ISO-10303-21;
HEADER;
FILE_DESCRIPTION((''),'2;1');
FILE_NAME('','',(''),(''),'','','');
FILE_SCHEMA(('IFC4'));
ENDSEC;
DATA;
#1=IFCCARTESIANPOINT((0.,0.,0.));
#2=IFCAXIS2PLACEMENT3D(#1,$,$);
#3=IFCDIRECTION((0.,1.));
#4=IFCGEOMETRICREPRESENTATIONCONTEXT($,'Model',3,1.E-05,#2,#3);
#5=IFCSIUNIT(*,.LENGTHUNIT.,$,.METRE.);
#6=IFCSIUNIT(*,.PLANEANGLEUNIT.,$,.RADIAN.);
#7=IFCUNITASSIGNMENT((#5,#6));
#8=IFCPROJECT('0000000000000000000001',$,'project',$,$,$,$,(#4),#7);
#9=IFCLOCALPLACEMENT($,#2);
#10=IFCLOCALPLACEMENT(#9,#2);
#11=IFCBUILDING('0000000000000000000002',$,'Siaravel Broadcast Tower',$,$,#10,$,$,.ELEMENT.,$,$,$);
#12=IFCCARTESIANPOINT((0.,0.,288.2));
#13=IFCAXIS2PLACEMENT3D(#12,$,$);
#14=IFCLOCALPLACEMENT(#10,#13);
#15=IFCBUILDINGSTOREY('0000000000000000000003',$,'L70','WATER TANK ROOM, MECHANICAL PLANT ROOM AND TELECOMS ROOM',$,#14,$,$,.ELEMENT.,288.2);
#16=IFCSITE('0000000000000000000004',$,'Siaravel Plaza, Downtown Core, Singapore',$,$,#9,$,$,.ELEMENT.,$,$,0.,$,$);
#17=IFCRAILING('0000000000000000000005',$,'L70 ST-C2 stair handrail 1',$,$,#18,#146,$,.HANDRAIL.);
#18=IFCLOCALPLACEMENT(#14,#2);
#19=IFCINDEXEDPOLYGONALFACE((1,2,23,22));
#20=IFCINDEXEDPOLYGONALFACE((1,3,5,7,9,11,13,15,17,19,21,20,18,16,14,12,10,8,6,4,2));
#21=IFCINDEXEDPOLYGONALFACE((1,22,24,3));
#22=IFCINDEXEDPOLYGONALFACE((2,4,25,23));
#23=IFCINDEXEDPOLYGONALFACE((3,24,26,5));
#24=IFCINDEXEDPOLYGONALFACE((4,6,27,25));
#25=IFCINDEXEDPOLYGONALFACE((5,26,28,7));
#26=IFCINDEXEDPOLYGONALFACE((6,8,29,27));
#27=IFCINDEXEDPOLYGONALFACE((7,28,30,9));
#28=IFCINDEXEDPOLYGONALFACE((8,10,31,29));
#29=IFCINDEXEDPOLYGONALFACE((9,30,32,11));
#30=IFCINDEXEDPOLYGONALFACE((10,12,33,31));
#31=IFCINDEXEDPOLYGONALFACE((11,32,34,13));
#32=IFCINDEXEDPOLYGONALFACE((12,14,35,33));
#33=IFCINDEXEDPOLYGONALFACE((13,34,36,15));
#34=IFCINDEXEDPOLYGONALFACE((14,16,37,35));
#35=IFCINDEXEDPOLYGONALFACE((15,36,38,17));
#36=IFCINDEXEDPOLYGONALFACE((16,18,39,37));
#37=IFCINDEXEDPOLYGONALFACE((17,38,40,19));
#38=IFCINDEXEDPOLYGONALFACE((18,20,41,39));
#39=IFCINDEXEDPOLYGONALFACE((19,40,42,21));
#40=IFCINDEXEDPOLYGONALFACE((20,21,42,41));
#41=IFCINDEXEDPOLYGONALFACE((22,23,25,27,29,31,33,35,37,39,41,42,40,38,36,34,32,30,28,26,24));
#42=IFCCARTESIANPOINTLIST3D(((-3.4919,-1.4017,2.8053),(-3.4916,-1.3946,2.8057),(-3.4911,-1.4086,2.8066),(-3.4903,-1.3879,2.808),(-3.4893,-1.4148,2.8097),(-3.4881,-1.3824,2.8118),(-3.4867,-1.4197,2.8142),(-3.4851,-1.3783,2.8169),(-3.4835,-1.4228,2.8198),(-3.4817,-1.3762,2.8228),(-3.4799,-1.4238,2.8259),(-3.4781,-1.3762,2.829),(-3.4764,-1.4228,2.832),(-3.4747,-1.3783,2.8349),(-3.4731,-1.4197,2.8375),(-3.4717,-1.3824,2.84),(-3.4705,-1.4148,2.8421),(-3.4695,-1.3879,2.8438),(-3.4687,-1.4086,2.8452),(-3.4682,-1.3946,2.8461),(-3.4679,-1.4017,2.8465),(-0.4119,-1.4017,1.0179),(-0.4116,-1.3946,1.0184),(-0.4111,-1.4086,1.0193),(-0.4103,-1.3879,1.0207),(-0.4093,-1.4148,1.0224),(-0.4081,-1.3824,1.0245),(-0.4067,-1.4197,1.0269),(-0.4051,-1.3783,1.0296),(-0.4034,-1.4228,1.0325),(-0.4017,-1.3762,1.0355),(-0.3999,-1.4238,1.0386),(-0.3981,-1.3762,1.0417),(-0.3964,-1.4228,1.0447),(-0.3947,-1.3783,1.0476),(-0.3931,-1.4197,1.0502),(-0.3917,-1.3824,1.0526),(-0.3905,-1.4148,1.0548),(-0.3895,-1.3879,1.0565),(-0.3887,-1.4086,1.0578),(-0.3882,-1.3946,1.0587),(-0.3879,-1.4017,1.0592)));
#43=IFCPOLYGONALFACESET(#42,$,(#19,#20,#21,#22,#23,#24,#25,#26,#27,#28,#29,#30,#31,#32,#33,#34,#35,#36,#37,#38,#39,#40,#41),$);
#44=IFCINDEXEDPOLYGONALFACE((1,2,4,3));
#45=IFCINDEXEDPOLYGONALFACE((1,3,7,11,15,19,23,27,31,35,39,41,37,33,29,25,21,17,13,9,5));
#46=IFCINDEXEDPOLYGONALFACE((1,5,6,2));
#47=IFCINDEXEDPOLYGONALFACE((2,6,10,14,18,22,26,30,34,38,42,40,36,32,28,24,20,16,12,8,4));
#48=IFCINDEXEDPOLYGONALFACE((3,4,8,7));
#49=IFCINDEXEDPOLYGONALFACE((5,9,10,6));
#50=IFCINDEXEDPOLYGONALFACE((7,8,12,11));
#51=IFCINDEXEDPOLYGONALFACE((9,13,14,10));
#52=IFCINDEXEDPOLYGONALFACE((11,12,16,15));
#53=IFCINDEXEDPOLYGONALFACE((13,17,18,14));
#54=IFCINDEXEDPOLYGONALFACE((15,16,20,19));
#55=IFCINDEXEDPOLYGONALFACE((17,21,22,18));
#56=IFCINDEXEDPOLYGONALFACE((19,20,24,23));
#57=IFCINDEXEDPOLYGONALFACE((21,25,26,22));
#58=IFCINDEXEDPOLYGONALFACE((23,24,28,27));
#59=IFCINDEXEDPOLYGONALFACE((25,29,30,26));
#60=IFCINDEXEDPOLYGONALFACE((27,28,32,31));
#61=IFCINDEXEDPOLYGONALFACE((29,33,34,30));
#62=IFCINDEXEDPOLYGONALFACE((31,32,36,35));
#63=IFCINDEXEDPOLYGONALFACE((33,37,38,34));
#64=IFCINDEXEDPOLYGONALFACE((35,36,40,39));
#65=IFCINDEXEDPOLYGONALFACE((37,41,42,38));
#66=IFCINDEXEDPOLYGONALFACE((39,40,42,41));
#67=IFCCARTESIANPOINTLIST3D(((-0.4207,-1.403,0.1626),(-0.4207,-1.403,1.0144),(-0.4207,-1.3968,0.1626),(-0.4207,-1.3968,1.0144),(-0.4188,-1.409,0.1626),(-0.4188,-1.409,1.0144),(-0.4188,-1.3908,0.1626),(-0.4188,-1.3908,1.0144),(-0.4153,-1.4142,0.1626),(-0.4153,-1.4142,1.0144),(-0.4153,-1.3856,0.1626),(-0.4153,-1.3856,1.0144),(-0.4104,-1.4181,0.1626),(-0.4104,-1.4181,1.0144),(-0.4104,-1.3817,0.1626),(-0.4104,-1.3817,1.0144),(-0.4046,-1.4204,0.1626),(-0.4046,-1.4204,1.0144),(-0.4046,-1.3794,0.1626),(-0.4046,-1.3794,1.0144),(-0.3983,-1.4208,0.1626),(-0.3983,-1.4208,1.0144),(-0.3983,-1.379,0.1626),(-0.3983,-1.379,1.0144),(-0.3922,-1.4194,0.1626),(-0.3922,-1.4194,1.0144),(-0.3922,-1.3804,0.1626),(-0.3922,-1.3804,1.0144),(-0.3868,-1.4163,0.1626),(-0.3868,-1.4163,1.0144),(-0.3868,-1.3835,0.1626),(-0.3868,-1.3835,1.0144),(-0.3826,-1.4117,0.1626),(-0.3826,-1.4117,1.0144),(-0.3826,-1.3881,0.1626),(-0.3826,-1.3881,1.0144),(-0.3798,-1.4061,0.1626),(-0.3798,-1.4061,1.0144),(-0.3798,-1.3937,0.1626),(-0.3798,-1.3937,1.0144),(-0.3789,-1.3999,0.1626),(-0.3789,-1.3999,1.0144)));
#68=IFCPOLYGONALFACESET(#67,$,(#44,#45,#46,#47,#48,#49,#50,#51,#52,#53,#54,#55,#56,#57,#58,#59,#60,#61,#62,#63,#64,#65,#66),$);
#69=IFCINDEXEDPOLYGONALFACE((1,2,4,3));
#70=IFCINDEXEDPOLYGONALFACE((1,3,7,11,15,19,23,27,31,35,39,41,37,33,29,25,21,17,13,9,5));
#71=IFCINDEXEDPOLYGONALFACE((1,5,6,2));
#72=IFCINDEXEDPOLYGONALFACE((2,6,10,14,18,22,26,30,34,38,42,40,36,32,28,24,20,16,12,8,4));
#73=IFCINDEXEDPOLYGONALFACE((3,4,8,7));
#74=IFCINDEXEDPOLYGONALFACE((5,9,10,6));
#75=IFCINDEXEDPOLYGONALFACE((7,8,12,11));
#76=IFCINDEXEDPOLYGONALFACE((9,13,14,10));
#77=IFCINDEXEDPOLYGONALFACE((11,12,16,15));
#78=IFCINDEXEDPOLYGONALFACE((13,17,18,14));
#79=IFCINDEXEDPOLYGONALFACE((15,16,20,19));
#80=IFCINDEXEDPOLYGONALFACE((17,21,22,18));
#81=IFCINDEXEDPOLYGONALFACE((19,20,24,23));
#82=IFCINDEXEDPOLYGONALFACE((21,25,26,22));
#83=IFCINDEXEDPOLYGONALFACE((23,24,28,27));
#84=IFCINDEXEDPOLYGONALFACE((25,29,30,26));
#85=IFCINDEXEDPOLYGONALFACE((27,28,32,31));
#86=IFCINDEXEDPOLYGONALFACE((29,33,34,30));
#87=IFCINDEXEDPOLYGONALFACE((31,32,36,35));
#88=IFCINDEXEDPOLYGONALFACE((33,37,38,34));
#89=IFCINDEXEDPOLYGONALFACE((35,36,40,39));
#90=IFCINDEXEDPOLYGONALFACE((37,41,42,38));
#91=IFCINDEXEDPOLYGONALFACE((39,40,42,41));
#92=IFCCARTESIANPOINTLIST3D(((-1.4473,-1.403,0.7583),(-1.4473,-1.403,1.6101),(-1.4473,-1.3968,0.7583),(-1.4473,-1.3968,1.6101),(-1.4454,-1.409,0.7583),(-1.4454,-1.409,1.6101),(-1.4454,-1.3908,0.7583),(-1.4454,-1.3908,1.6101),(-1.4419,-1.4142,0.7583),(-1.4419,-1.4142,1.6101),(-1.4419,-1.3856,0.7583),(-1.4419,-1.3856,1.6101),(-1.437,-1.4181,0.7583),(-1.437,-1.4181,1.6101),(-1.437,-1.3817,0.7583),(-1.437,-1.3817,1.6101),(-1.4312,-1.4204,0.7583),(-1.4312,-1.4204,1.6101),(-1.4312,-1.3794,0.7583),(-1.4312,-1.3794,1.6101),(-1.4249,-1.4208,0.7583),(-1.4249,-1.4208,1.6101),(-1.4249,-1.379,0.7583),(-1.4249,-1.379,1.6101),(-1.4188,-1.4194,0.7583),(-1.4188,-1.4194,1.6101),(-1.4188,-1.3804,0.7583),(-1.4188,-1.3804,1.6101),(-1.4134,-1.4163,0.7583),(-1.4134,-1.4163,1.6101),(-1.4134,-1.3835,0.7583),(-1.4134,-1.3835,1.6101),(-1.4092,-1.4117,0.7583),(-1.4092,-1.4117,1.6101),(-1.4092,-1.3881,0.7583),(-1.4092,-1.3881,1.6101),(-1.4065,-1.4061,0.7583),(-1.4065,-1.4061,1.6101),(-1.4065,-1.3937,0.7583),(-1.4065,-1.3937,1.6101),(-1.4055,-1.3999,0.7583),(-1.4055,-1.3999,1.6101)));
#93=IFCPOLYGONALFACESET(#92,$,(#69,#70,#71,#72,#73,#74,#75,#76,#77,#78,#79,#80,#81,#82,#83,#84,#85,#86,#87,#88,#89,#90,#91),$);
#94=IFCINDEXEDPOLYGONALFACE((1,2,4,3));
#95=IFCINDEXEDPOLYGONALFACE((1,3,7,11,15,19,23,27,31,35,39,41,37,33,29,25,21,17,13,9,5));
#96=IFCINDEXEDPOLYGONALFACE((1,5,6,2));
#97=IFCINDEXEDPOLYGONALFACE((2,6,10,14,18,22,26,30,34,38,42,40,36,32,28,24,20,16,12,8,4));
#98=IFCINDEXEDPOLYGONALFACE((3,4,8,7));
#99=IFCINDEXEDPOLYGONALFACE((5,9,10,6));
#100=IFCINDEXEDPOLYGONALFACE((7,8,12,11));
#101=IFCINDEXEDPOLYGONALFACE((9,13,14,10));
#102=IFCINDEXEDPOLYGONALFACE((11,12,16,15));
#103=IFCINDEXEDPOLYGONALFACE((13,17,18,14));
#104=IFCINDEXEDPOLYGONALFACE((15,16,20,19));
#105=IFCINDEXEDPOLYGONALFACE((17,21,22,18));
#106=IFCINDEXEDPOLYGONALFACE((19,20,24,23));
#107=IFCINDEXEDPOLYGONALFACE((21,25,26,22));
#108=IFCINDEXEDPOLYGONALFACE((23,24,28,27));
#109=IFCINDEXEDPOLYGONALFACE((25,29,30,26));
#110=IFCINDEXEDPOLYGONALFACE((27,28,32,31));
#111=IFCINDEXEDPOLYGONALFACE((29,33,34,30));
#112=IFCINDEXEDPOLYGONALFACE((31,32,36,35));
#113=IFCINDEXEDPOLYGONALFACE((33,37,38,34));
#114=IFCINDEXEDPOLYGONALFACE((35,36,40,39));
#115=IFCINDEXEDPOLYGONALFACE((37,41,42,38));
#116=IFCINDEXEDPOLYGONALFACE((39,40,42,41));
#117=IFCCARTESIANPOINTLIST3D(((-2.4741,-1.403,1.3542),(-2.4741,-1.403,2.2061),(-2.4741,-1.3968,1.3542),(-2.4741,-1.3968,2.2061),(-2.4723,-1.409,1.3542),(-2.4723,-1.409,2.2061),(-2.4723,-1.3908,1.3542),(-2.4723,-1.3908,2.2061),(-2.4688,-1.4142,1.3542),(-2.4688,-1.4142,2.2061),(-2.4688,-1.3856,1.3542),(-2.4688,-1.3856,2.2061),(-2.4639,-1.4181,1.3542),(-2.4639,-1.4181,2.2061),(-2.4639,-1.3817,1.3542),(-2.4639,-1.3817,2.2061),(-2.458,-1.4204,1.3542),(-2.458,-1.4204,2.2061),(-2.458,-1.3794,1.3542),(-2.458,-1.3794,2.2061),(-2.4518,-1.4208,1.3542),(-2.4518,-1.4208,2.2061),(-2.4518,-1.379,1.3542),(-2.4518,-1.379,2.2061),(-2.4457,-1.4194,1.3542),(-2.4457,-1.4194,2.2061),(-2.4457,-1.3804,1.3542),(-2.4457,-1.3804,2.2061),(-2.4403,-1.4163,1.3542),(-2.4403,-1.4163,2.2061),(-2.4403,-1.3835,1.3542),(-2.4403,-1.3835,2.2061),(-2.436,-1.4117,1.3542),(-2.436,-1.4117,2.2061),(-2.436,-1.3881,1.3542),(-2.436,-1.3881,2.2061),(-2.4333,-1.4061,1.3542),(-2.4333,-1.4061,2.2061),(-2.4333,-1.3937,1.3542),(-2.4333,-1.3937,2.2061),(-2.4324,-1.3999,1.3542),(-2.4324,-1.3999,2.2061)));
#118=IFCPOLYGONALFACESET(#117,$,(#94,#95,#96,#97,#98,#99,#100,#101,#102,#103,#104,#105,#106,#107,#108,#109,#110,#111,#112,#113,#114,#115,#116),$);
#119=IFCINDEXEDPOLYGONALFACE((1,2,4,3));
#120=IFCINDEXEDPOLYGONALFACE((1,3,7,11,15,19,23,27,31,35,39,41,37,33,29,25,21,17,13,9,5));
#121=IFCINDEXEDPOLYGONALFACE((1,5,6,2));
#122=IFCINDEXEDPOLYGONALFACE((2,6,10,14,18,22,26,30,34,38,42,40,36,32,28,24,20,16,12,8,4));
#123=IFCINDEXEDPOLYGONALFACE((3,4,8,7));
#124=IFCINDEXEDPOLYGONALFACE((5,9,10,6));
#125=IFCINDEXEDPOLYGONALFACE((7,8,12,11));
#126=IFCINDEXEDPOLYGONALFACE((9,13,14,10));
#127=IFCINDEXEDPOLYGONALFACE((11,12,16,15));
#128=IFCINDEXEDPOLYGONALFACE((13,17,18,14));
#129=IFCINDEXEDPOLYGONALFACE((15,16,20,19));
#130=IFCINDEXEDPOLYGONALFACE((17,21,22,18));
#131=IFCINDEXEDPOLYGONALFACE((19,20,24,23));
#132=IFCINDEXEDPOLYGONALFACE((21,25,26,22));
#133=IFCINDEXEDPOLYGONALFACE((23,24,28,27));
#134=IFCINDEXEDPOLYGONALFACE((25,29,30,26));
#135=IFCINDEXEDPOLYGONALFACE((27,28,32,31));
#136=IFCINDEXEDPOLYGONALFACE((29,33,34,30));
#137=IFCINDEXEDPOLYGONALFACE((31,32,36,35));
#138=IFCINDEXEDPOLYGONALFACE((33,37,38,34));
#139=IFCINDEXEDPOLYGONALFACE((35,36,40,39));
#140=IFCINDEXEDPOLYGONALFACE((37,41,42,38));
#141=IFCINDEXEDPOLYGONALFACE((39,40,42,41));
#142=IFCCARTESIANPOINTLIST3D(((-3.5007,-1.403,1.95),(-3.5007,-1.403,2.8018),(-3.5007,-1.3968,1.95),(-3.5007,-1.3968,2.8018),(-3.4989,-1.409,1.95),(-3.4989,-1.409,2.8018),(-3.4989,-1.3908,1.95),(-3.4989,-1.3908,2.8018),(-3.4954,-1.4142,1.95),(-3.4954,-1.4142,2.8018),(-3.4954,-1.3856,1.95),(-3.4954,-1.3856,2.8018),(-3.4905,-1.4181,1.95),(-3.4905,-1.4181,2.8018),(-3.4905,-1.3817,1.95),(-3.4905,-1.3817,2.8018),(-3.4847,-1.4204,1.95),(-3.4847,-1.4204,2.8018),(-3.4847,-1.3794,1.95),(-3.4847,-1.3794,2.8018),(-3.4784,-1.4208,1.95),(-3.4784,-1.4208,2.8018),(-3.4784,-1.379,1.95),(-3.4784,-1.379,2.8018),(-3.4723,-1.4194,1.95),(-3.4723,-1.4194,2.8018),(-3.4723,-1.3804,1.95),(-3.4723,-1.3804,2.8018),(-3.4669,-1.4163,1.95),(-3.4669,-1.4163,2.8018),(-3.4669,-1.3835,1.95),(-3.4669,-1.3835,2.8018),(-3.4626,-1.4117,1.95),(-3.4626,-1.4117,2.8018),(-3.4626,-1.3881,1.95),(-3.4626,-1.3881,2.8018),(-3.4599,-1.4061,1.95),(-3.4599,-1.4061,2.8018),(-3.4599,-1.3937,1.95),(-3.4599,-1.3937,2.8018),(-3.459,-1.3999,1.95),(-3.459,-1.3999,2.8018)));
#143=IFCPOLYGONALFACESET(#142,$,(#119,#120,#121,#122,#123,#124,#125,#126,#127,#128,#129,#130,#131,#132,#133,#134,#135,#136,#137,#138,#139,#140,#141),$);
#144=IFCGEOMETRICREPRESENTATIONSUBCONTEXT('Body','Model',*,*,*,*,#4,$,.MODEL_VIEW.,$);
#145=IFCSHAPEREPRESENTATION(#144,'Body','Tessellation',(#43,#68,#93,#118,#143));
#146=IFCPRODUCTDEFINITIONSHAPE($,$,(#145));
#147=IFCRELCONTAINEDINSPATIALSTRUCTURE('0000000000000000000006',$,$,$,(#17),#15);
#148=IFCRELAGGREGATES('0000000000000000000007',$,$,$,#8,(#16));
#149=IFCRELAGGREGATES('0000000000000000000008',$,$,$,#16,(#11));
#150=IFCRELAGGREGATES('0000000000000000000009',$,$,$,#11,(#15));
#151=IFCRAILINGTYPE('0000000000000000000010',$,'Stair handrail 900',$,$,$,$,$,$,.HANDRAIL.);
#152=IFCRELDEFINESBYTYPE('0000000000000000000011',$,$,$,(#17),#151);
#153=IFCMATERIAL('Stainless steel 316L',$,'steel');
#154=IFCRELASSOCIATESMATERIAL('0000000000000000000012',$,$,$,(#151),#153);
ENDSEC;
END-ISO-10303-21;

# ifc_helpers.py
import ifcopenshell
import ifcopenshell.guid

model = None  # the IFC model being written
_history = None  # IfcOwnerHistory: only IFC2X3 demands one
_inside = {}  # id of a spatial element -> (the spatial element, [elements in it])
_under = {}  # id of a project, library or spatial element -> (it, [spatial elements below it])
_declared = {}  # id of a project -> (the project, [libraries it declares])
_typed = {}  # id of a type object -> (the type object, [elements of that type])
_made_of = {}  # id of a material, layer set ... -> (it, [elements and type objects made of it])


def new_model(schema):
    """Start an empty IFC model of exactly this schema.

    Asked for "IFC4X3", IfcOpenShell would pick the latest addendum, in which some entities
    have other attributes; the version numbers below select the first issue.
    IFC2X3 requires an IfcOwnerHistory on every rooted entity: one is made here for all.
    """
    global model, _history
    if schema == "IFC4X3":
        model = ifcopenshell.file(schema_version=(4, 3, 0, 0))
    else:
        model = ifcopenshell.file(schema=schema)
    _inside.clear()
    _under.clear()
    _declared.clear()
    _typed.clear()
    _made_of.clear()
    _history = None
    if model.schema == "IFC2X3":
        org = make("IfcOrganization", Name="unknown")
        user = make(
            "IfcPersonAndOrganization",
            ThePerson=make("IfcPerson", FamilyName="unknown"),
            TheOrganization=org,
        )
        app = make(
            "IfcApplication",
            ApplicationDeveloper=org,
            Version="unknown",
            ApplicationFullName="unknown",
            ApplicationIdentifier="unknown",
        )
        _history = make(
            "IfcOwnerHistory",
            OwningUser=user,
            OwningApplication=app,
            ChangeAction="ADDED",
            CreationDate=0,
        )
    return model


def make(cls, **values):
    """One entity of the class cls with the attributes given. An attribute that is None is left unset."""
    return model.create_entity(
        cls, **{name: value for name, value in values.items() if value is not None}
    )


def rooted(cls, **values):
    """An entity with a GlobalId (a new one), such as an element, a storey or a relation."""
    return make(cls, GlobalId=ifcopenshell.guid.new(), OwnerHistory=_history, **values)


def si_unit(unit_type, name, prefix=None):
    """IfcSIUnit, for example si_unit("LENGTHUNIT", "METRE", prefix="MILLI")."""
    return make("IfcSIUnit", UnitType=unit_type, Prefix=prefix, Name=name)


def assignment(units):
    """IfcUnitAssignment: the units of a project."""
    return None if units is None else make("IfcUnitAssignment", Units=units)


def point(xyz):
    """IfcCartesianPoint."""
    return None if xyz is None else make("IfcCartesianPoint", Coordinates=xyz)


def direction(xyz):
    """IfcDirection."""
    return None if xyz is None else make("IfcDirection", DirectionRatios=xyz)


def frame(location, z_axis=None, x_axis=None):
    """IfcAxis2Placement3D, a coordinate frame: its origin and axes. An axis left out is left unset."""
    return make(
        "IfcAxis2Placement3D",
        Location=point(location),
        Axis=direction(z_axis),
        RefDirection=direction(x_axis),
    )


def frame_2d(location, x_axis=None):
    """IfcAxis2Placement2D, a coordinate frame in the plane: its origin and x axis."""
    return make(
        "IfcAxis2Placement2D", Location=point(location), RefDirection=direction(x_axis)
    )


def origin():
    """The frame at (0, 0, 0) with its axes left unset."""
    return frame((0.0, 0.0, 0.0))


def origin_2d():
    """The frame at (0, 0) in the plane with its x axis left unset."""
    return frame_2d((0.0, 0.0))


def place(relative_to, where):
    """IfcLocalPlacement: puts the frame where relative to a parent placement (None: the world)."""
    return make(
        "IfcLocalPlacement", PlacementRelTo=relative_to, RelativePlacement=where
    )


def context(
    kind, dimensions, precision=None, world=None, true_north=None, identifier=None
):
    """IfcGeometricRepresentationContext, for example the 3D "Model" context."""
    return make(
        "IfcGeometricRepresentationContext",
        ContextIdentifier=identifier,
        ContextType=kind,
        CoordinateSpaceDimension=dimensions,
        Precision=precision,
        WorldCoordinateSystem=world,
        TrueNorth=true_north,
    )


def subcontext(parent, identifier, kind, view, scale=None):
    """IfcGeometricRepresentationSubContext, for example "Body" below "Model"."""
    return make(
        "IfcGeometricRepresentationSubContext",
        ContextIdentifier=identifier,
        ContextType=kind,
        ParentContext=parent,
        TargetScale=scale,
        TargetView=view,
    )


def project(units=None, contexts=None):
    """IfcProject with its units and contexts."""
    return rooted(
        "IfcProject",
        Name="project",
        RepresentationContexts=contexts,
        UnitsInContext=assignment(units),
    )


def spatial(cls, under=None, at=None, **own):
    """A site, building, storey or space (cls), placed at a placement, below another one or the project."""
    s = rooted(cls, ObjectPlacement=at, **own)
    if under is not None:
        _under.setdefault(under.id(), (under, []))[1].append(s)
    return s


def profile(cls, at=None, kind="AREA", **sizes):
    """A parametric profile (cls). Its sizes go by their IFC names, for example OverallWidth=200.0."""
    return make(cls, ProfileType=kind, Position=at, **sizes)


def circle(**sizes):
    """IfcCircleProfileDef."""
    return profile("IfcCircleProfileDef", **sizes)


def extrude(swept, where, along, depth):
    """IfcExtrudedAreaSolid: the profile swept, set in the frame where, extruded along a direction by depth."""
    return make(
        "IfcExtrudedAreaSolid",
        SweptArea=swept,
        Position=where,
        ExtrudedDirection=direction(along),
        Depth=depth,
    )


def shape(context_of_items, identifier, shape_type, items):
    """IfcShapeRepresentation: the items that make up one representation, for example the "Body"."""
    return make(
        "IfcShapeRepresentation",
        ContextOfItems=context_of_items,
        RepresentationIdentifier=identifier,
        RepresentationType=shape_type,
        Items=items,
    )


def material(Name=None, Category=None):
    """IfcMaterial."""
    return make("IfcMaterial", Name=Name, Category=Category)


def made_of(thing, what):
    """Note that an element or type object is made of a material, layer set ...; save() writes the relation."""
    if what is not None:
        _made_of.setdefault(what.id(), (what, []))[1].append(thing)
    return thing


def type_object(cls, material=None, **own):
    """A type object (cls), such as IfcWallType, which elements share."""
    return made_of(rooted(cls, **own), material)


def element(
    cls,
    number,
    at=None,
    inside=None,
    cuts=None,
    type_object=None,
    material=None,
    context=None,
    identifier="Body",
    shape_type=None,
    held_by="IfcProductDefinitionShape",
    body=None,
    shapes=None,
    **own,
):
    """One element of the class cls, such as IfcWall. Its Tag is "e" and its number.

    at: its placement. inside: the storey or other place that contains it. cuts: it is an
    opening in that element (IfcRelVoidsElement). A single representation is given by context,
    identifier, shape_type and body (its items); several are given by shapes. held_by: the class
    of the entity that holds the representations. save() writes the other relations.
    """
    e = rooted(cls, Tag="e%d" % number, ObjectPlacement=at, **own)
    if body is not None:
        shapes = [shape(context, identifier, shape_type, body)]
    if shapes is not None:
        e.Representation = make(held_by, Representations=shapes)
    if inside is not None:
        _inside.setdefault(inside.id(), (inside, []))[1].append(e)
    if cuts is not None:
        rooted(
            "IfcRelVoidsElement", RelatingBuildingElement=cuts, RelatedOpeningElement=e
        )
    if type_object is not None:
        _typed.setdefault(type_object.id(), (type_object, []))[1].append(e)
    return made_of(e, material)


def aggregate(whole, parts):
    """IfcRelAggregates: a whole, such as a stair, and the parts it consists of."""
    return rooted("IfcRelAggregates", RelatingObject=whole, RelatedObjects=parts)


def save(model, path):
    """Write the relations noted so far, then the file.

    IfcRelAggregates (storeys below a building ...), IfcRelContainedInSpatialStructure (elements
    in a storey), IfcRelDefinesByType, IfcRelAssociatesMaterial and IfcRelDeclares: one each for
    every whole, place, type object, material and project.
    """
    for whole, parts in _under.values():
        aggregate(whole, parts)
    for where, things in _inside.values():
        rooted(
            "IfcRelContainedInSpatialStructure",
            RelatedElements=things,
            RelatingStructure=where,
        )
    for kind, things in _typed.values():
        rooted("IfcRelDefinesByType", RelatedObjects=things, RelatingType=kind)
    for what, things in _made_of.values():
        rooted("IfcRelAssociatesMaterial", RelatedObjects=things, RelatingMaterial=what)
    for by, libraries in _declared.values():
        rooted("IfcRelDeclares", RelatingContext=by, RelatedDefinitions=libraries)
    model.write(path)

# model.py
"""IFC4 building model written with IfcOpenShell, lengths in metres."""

from ifc_helpers import new_model, si_unit, direction, frame, origin, origin_2d, place, context, subcontext, project, spatial, circle, extrude, material, type_object, element, save


model = new_model("IFC4")

# Units and contexts
model_context = context("Model", 3, precision=1e-05, world=origin(), true_north=direction((0.0, 1.0)))
body_context = subcontext(model_context, "Body", "Model", "MODEL_VIEW")
ifc_project = project(units=[si_unit("LENGTHUNIT", "METRE"), si_unit("PLANEANGLEUNIT", "RADIAN")], contexts=[model_context])

# Site, building, storey
site_placement = place(None, origin())
site = spatial("IfcSite", under=ifc_project, at=site_placement, Name="Siaravel Plaza, Downtown Core, Singapore", CompositionType="ELEMENT", RefElevation=0.0)
building_placement = place(site_placement, origin())
building = spatial("IfcBuilding", under=site, at=building_placement, Name="Siaravel Broadcast Tower", CompositionType="ELEMENT")
storey_placement = place(building_placement, frame((0.0, 0.0, 288.2)))
storey = spatial("IfcBuildingStorey", under=building, at=storey_placement, Name="L70", Description="WATER TANK ROOM, MECHANICAL PLANT ROOM AND TELECOMS ROOM", CompositionType="ELEMENT", Elevation=288.2)

# Shared definitions
ifc_material_1 = material(Name="Stainless steel 316L", Category="steel")

# Railing
railing_type_1 = type_object("IfcRailingType", Name="Stair handrail 900", PredefinedType="HANDRAIL", material=ifc_material_1)
railing_1_placement = place(storey_placement, frame((-0.3999, -1.3999, 0.1626)))
element("IfcRailing", 1, at=railing_1_placement, inside=storey, type_object=railing_type_1, Name="L70 ST-C2 stair handrail 1", PredefinedType="HANDRAIL", context=body_context, shape_type="SweptSolid", body=[
    extrude(circle(Radius=0.0239, at=origin_2d()), frame((0.0, 0.0, 0.876), z_axis=(-0.86492, 0.0, 0.501909), x_axis=(0.0, -1.0, 0.0)), (0.0, 0.0, 1.0), 3.561),
    extrude(circle(Radius=0.021, at=origin_2d()), origin(), (0.0, 0.0, 1.0), 0.8518),
    extrude(circle(Radius=0.021, at=origin_2d()), frame((-1.0266, 0.0, 0.5957)), (0.0, 0.0, 1.0), 0.8518),
    extrude(circle(Radius=0.021, at=origin_2d()), frame((-2.0535, 0.0, 1.1917)), (0.0, 0.0, 1.0), 0.8518),
    extrude(circle(Radius=0.021, at=origin_2d()), frame((-3.0801, 0.0, 1.7874)), (0.0, 0.0, 1.0), 0.8518),
])

save(model, "model.ifc")
